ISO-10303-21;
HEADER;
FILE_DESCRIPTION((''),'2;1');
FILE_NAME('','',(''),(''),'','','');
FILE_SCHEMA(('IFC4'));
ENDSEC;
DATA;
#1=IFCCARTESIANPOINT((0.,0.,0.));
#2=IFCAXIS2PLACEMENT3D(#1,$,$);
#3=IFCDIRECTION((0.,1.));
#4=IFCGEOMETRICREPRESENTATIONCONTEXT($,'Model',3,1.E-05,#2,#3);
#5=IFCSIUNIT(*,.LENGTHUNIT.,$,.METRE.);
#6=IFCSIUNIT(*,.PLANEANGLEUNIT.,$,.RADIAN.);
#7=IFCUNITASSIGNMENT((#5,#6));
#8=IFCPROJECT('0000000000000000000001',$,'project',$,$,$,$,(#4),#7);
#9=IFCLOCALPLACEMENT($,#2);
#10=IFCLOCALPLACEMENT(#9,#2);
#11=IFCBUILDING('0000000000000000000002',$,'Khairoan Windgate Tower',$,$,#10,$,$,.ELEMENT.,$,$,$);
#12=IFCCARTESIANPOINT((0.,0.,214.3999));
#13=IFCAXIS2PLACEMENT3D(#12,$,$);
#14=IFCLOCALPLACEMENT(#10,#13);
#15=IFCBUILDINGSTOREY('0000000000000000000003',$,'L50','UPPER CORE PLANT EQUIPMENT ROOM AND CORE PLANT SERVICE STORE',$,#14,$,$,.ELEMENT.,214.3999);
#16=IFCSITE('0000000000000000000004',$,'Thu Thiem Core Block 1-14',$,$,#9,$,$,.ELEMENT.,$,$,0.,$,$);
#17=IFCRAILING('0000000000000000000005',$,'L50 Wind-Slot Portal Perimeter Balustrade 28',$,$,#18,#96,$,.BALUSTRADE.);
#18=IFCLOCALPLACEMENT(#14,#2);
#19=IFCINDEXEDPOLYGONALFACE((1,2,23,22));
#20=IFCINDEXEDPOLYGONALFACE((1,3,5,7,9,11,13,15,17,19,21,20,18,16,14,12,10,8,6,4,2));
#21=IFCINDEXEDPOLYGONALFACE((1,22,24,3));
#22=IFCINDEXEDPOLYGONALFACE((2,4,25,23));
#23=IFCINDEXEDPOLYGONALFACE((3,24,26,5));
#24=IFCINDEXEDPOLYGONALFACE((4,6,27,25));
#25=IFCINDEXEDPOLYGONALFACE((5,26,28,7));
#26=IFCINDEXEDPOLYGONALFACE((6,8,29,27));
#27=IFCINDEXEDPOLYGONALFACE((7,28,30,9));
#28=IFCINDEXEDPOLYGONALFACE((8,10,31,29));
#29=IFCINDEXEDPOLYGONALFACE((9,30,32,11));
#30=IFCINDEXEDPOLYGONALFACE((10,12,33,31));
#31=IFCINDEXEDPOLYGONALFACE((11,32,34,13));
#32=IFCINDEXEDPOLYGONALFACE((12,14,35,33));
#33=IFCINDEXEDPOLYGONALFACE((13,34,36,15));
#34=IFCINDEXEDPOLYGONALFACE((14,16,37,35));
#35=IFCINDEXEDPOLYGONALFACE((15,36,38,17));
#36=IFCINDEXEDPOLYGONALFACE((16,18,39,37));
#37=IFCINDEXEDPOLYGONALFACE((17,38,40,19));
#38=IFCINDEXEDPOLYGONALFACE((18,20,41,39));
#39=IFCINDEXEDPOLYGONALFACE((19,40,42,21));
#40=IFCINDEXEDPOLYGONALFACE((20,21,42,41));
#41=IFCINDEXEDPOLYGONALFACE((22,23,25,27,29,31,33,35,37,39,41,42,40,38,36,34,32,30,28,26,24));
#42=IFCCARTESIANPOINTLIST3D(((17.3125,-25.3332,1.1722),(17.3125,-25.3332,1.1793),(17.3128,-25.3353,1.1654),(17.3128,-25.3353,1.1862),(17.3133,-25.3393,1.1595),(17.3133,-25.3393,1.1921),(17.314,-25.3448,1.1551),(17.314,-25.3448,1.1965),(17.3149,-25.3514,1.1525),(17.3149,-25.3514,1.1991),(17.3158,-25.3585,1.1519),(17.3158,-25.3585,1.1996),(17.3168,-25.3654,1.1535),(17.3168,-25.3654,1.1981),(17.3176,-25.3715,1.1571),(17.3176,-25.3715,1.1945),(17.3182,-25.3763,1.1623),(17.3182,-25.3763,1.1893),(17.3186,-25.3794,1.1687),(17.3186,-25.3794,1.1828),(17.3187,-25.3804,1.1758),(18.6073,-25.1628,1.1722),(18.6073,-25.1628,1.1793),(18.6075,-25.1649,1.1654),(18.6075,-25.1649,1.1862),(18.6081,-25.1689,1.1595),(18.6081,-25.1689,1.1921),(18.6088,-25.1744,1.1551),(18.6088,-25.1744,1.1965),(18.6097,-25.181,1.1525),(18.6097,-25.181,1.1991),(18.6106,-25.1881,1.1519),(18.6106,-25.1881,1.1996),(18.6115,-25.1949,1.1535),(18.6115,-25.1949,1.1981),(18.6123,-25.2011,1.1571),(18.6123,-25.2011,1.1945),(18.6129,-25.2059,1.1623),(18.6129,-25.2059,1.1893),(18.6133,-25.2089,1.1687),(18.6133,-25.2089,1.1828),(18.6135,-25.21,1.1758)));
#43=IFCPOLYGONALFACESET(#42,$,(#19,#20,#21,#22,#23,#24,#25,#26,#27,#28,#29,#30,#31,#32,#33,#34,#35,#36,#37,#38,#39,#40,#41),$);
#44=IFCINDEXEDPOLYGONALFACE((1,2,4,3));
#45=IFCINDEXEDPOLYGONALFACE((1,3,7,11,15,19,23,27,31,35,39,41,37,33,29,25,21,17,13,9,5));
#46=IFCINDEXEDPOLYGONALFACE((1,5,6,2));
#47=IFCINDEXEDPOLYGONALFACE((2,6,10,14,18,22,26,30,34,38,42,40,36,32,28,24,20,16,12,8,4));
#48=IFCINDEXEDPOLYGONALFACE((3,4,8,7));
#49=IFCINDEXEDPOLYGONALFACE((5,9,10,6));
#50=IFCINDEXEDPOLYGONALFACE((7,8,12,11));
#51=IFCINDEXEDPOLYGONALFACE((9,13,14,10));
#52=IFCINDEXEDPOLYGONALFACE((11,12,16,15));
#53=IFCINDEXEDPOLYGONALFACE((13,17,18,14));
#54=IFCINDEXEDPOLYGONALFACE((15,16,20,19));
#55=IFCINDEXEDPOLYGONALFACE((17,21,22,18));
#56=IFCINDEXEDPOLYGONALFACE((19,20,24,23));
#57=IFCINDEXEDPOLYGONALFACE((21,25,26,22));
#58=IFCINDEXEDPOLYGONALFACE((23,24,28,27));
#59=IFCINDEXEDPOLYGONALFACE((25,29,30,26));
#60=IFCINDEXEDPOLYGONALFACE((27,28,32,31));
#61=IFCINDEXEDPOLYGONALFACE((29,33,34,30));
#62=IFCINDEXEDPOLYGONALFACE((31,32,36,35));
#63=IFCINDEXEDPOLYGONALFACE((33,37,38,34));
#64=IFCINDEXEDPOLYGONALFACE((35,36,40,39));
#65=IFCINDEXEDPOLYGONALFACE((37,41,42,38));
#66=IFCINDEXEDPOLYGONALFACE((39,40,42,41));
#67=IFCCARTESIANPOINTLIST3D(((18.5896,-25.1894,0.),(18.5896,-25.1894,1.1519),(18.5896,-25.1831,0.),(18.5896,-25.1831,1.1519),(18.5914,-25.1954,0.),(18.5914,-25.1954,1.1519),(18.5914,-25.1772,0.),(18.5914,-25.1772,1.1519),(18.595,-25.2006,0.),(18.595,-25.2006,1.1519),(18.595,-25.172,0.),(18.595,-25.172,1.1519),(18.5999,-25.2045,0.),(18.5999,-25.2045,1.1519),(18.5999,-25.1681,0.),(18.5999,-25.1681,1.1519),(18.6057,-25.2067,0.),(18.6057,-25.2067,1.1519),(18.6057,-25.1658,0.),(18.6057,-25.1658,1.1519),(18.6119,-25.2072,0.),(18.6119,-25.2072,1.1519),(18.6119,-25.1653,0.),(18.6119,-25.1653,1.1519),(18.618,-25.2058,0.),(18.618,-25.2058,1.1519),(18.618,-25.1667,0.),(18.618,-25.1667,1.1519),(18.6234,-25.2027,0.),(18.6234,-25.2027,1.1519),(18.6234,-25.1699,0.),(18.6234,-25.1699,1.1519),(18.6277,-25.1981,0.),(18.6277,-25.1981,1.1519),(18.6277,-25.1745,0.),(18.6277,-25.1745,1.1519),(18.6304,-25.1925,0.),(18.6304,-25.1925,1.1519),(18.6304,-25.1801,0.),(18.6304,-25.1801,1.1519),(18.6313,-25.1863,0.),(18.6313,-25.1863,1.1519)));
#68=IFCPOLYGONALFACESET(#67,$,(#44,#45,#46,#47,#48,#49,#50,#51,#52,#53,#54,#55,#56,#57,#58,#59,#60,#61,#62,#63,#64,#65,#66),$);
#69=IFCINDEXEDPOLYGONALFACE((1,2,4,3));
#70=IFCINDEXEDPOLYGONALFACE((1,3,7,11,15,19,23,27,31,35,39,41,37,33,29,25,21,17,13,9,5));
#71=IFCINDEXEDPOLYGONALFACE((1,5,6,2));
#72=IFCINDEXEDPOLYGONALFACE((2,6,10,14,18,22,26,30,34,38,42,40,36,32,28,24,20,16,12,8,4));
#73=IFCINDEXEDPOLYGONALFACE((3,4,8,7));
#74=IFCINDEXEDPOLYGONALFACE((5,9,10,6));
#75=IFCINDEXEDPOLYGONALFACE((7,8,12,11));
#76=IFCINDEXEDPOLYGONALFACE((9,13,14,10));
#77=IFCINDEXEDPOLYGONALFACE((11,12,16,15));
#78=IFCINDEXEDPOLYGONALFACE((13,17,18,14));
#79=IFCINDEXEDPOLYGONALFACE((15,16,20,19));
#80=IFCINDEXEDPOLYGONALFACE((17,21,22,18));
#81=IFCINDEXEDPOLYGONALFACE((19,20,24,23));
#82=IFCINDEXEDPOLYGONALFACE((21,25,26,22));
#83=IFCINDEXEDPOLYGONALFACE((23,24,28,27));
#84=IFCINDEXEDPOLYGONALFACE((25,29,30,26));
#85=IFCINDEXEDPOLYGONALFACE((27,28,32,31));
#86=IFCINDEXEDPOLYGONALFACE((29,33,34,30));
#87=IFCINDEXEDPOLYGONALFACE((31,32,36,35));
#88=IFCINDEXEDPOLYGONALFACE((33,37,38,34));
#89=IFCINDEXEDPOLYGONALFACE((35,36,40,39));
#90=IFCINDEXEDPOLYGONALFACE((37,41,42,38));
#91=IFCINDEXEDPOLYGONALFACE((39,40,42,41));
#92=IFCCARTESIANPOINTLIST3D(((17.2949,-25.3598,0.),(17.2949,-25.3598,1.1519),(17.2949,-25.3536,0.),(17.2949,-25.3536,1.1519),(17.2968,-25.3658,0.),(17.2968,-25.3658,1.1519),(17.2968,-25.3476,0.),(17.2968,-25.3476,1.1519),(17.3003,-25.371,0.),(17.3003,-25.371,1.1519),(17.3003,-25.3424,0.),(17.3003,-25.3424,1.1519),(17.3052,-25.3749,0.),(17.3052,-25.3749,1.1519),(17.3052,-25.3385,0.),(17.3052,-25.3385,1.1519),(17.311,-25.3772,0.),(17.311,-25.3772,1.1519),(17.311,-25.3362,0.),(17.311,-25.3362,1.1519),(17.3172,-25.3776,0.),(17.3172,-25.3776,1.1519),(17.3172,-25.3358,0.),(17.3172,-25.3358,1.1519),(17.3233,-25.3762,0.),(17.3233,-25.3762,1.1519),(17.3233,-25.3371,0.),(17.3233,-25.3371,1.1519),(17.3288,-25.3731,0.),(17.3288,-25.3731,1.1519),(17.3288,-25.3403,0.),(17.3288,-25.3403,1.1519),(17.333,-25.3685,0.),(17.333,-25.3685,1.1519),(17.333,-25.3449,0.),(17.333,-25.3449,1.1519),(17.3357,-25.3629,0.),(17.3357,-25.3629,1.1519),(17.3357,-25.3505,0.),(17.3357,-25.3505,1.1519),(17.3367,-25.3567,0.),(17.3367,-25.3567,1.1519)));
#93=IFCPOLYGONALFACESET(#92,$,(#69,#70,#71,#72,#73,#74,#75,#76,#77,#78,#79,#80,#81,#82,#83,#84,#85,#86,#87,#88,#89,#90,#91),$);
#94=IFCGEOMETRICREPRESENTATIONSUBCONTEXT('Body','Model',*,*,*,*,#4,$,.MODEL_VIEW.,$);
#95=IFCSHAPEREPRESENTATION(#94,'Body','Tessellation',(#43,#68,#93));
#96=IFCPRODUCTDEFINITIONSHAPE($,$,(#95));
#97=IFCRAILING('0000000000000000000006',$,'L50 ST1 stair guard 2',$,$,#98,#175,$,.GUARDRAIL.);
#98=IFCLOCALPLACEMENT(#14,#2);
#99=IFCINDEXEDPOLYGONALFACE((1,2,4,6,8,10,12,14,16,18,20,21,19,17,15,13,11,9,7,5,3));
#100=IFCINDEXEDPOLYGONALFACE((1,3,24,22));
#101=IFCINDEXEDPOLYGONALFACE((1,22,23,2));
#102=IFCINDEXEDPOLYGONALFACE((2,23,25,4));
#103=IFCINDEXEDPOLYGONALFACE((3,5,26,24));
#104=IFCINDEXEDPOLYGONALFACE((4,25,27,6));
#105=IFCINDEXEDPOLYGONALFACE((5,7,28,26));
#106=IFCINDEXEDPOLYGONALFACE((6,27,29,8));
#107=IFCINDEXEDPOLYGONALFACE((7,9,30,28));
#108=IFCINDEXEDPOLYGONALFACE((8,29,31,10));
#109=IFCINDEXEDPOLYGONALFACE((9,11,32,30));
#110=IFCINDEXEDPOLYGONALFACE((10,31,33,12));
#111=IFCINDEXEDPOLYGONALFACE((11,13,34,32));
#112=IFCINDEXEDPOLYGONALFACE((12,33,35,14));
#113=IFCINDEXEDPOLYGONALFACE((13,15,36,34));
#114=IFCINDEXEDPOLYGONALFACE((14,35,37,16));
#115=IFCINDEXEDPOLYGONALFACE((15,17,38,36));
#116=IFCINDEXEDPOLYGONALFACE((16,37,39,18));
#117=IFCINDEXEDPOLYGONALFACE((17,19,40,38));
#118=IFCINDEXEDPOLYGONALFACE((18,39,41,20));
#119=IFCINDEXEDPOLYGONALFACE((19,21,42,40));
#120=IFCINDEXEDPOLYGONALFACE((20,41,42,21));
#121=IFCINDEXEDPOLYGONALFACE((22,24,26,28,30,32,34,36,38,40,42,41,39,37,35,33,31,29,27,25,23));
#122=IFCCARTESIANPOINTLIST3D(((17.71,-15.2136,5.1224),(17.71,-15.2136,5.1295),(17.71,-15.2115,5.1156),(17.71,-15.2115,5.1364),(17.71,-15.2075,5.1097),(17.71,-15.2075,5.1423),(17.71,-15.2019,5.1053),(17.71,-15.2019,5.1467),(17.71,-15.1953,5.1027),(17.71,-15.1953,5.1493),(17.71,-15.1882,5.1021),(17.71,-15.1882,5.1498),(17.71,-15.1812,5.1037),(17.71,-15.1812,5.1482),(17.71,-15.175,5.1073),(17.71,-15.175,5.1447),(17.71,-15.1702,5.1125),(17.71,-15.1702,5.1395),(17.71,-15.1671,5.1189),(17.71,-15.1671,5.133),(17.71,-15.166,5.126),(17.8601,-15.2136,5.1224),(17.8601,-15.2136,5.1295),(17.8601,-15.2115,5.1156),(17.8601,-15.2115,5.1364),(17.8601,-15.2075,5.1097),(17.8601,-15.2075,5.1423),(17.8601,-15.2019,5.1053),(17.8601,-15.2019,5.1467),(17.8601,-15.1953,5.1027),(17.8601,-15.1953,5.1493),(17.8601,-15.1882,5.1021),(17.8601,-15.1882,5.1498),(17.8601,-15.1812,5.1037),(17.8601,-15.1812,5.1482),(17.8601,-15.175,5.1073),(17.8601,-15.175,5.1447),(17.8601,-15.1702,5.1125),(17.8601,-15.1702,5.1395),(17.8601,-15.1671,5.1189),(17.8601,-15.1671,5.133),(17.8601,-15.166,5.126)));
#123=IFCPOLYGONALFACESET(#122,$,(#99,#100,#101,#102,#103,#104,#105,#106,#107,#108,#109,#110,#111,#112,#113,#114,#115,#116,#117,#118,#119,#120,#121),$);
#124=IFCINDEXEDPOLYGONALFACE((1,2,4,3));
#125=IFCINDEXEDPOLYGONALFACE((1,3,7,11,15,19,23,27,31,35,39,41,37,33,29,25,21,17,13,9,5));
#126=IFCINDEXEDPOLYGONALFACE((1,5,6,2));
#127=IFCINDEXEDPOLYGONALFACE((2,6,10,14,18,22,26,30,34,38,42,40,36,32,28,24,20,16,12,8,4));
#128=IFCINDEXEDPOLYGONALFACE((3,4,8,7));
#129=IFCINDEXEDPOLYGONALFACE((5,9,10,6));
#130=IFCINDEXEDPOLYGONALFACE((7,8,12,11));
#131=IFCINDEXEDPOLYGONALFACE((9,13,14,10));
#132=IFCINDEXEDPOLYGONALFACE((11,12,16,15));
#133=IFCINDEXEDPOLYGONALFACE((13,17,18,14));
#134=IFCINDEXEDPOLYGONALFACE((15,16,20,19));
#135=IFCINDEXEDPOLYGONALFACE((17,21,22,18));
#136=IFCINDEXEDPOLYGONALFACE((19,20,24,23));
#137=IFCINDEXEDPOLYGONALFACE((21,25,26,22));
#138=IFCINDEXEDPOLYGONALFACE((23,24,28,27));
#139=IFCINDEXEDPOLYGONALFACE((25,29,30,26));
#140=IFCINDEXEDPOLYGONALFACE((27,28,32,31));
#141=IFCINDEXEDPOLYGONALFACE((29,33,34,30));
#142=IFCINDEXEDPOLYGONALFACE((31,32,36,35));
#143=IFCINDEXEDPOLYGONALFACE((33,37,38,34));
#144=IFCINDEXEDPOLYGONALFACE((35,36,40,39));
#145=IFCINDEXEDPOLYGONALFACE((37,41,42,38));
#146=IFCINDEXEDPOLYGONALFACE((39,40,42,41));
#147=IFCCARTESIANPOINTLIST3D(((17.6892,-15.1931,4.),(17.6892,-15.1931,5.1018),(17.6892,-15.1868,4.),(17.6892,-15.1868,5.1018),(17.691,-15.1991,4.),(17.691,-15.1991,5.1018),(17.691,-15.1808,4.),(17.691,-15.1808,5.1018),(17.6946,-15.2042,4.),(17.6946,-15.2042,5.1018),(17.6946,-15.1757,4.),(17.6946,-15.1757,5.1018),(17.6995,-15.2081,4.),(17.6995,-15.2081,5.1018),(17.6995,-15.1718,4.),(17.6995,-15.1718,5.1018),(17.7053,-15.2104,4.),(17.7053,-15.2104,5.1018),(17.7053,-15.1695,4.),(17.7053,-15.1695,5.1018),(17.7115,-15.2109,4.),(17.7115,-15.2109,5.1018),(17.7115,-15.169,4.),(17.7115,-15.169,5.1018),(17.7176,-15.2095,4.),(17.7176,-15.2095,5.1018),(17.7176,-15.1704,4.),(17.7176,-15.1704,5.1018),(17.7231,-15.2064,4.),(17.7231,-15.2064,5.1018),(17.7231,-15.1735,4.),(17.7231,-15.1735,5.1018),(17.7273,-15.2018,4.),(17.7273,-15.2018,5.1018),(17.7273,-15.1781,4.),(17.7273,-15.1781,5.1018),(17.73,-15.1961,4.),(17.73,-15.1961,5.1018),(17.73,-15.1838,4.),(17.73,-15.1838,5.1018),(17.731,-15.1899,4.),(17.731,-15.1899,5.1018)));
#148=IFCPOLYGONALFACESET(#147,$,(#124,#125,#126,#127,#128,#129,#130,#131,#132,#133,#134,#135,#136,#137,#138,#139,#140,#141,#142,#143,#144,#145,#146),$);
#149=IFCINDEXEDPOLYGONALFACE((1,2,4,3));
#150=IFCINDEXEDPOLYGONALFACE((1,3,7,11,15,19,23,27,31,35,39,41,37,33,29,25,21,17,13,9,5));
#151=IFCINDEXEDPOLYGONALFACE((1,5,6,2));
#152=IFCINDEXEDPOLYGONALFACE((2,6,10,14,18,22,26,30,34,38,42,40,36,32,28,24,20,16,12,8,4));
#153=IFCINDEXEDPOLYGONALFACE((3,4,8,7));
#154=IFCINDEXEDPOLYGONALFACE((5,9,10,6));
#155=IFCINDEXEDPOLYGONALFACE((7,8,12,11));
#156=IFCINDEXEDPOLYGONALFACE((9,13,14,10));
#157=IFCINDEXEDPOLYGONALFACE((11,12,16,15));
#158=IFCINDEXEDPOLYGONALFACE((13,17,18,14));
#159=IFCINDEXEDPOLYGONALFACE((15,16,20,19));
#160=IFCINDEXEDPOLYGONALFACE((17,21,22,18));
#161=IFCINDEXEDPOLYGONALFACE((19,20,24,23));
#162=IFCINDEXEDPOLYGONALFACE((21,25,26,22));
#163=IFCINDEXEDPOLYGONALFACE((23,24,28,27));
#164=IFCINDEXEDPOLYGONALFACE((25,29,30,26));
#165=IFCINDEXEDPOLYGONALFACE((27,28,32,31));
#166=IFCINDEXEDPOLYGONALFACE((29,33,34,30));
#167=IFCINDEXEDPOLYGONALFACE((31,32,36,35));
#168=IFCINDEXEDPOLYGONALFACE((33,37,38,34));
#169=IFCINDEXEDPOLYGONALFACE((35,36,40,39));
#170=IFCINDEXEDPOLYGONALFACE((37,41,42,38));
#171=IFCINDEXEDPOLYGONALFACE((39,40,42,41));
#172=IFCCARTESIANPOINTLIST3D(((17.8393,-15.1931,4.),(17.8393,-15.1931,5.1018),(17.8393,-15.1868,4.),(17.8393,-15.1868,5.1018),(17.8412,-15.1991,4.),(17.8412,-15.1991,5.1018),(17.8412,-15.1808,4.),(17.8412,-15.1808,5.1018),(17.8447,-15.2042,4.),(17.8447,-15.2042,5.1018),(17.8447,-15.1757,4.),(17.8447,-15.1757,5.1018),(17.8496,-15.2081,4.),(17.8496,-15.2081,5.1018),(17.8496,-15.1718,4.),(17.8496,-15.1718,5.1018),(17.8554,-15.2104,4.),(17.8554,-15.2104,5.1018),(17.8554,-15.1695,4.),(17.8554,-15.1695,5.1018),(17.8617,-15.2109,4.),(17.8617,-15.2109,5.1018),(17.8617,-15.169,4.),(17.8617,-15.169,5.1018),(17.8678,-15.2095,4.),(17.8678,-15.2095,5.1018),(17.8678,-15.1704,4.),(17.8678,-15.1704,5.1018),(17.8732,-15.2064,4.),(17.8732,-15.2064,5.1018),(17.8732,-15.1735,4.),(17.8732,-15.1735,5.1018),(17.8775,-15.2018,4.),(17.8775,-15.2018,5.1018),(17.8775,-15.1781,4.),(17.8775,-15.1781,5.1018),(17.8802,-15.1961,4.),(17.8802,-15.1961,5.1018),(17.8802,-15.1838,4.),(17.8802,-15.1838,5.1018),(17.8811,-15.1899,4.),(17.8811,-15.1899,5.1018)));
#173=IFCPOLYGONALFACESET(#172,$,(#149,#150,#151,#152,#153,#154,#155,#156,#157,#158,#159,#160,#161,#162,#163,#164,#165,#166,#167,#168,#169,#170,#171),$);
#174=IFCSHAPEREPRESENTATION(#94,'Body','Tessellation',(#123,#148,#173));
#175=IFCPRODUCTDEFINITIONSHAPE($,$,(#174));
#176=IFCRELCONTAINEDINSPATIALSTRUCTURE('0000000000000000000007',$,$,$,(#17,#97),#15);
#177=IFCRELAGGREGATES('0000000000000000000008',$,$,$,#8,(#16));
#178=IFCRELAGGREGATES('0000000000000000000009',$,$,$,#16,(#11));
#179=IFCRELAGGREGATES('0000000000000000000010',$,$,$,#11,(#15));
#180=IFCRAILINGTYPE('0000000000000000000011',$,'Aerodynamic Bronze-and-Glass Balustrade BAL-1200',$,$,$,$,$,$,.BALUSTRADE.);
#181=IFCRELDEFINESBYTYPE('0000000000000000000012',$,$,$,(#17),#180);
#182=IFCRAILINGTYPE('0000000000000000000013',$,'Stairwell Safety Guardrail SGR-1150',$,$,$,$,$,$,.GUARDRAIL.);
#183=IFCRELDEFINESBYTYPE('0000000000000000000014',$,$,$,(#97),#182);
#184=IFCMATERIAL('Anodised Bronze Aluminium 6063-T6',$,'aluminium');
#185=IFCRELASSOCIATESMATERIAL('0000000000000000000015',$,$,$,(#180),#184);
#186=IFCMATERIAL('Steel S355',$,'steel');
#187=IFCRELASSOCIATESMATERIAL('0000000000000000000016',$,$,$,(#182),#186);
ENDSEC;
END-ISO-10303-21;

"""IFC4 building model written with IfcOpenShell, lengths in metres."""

from ifc_helpers import new_model, si_unit, direction, frame, origin, origin_2d, place, context, subcontext, project, spatial, circle, extrude, material, type_object, element, save


model = new_model("IFC4")

# Units and contexts
model_context = context("Model", 3, precision=1e-05, world=origin(), true_north=direction((0.0, 1.0)))
body_context = subcontext(model_context, "Body", "Model", "MODEL_VIEW")
ifc_project = project(units=[si_unit("LENGTHUNIT", "METRE"), si_unit("PLANEANGLEUNIT", "RADIAN")], contexts=[model_context])

# Site, building, storey
site_placement = place(None, origin())
site = spatial("IfcSite", under=ifc_project, at=site_placement, Name="Thu Thiem Core Block 1-14", CompositionType="ELEMENT", RefElevation=0.0)
building_placement = place(site_placement, origin())
building = spatial("IfcBuilding", under=site, at=building_placement, Name="Khairoan Windgate Tower", CompositionType="ELEMENT")
storey_placement = place(building_placement, frame((0.0, 0.0, 214.3999)))
storey = spatial("IfcBuildingStorey", under=building, at=storey_placement, Name="L50", Description="UPPER CORE PLANT EQUIPMENT ROOM AND CORE PLANT SERVICE STORE", CompositionType="ELEMENT", Elevation=214.3999)

# Railings
ifc_material_1 = material(Name="Anodised Bronze Aluminium 6063-T6", Category="aluminium")
railing_type_1 = type_object("IfcRailingType", Name="Aerodynamic Bronze-and-Glass Balustrade BAL-1200", PredefinedType="BALUSTRADE", material=ifc_material_1)
railing_1_placement = place(storey_placement, frame((18.6104, -25.1863, 0.0)))
element("IfcRailing", 1, at=railing_1_placement, inside=storey, type_object=railing_type_1, Name="L50 Wind-Slot Portal Perimeter Balustrade 28", PredefinedType="BALUSTRADE", context=body_context, shape_type="SweptSolid", body=[
    extrude(circle(Radius=0.0239, at=origin_2d()), frame((0.0, 0.0, 1.1758), z_axis=(-0.991449, -0.130498, 0.0), x_axis=(0.130498, -0.991449, 0.0)), (0.0, 0.0, 1.0), 1.3059),
    extrude(circle(Radius=0.021, at=origin_2d()), origin(), (0.0, 0.0, 1.0), 1.1519),
    extrude(circle(Radius=0.021, at=origin_2d()), frame((-1.2947, -0.1704, 0.0)), (0.0, 0.0, 1.0), 1.1519),
])
ifc_material_2 = material(Name="Steel S355", Category="steel")
railing_type_2 = type_object("IfcRailingType", Name="Stairwell Safety Guardrail SGR-1150", PredefinedType="GUARDRAIL", material=ifc_material_2)
railing_2_placement = place(storey_placement, frame((17.71, -15.1899, 4.0)))
element("IfcRailing", 2, at=railing_2_placement, inside=storey, type_object=railing_type_2, Name="L50 ST1 stair guard 2", PredefinedType="GUARDRAIL", context=body_context, shape_type="SweptSolid", body=[
    extrude(circle(Radius=0.0239, at=origin_2d()), frame((0.0, 0.0, 1.126), z_axis=(1.0, 0.0, 0.0), x_axis=(0.0, 1.0, 0.0)), (0.0, 0.0, 1.0), 0.1501),
    extrude(circle(Radius=0.021, at=origin_2d()), origin(), (0.0, 0.0, 1.0), 1.1018),
    extrude(circle(Radius=0.021, at=origin_2d()), frame((0.1501, 0.0, 0.0)), (0.0, 0.0, 1.0), 1.1018),
])

save(model, "model.ifc")
